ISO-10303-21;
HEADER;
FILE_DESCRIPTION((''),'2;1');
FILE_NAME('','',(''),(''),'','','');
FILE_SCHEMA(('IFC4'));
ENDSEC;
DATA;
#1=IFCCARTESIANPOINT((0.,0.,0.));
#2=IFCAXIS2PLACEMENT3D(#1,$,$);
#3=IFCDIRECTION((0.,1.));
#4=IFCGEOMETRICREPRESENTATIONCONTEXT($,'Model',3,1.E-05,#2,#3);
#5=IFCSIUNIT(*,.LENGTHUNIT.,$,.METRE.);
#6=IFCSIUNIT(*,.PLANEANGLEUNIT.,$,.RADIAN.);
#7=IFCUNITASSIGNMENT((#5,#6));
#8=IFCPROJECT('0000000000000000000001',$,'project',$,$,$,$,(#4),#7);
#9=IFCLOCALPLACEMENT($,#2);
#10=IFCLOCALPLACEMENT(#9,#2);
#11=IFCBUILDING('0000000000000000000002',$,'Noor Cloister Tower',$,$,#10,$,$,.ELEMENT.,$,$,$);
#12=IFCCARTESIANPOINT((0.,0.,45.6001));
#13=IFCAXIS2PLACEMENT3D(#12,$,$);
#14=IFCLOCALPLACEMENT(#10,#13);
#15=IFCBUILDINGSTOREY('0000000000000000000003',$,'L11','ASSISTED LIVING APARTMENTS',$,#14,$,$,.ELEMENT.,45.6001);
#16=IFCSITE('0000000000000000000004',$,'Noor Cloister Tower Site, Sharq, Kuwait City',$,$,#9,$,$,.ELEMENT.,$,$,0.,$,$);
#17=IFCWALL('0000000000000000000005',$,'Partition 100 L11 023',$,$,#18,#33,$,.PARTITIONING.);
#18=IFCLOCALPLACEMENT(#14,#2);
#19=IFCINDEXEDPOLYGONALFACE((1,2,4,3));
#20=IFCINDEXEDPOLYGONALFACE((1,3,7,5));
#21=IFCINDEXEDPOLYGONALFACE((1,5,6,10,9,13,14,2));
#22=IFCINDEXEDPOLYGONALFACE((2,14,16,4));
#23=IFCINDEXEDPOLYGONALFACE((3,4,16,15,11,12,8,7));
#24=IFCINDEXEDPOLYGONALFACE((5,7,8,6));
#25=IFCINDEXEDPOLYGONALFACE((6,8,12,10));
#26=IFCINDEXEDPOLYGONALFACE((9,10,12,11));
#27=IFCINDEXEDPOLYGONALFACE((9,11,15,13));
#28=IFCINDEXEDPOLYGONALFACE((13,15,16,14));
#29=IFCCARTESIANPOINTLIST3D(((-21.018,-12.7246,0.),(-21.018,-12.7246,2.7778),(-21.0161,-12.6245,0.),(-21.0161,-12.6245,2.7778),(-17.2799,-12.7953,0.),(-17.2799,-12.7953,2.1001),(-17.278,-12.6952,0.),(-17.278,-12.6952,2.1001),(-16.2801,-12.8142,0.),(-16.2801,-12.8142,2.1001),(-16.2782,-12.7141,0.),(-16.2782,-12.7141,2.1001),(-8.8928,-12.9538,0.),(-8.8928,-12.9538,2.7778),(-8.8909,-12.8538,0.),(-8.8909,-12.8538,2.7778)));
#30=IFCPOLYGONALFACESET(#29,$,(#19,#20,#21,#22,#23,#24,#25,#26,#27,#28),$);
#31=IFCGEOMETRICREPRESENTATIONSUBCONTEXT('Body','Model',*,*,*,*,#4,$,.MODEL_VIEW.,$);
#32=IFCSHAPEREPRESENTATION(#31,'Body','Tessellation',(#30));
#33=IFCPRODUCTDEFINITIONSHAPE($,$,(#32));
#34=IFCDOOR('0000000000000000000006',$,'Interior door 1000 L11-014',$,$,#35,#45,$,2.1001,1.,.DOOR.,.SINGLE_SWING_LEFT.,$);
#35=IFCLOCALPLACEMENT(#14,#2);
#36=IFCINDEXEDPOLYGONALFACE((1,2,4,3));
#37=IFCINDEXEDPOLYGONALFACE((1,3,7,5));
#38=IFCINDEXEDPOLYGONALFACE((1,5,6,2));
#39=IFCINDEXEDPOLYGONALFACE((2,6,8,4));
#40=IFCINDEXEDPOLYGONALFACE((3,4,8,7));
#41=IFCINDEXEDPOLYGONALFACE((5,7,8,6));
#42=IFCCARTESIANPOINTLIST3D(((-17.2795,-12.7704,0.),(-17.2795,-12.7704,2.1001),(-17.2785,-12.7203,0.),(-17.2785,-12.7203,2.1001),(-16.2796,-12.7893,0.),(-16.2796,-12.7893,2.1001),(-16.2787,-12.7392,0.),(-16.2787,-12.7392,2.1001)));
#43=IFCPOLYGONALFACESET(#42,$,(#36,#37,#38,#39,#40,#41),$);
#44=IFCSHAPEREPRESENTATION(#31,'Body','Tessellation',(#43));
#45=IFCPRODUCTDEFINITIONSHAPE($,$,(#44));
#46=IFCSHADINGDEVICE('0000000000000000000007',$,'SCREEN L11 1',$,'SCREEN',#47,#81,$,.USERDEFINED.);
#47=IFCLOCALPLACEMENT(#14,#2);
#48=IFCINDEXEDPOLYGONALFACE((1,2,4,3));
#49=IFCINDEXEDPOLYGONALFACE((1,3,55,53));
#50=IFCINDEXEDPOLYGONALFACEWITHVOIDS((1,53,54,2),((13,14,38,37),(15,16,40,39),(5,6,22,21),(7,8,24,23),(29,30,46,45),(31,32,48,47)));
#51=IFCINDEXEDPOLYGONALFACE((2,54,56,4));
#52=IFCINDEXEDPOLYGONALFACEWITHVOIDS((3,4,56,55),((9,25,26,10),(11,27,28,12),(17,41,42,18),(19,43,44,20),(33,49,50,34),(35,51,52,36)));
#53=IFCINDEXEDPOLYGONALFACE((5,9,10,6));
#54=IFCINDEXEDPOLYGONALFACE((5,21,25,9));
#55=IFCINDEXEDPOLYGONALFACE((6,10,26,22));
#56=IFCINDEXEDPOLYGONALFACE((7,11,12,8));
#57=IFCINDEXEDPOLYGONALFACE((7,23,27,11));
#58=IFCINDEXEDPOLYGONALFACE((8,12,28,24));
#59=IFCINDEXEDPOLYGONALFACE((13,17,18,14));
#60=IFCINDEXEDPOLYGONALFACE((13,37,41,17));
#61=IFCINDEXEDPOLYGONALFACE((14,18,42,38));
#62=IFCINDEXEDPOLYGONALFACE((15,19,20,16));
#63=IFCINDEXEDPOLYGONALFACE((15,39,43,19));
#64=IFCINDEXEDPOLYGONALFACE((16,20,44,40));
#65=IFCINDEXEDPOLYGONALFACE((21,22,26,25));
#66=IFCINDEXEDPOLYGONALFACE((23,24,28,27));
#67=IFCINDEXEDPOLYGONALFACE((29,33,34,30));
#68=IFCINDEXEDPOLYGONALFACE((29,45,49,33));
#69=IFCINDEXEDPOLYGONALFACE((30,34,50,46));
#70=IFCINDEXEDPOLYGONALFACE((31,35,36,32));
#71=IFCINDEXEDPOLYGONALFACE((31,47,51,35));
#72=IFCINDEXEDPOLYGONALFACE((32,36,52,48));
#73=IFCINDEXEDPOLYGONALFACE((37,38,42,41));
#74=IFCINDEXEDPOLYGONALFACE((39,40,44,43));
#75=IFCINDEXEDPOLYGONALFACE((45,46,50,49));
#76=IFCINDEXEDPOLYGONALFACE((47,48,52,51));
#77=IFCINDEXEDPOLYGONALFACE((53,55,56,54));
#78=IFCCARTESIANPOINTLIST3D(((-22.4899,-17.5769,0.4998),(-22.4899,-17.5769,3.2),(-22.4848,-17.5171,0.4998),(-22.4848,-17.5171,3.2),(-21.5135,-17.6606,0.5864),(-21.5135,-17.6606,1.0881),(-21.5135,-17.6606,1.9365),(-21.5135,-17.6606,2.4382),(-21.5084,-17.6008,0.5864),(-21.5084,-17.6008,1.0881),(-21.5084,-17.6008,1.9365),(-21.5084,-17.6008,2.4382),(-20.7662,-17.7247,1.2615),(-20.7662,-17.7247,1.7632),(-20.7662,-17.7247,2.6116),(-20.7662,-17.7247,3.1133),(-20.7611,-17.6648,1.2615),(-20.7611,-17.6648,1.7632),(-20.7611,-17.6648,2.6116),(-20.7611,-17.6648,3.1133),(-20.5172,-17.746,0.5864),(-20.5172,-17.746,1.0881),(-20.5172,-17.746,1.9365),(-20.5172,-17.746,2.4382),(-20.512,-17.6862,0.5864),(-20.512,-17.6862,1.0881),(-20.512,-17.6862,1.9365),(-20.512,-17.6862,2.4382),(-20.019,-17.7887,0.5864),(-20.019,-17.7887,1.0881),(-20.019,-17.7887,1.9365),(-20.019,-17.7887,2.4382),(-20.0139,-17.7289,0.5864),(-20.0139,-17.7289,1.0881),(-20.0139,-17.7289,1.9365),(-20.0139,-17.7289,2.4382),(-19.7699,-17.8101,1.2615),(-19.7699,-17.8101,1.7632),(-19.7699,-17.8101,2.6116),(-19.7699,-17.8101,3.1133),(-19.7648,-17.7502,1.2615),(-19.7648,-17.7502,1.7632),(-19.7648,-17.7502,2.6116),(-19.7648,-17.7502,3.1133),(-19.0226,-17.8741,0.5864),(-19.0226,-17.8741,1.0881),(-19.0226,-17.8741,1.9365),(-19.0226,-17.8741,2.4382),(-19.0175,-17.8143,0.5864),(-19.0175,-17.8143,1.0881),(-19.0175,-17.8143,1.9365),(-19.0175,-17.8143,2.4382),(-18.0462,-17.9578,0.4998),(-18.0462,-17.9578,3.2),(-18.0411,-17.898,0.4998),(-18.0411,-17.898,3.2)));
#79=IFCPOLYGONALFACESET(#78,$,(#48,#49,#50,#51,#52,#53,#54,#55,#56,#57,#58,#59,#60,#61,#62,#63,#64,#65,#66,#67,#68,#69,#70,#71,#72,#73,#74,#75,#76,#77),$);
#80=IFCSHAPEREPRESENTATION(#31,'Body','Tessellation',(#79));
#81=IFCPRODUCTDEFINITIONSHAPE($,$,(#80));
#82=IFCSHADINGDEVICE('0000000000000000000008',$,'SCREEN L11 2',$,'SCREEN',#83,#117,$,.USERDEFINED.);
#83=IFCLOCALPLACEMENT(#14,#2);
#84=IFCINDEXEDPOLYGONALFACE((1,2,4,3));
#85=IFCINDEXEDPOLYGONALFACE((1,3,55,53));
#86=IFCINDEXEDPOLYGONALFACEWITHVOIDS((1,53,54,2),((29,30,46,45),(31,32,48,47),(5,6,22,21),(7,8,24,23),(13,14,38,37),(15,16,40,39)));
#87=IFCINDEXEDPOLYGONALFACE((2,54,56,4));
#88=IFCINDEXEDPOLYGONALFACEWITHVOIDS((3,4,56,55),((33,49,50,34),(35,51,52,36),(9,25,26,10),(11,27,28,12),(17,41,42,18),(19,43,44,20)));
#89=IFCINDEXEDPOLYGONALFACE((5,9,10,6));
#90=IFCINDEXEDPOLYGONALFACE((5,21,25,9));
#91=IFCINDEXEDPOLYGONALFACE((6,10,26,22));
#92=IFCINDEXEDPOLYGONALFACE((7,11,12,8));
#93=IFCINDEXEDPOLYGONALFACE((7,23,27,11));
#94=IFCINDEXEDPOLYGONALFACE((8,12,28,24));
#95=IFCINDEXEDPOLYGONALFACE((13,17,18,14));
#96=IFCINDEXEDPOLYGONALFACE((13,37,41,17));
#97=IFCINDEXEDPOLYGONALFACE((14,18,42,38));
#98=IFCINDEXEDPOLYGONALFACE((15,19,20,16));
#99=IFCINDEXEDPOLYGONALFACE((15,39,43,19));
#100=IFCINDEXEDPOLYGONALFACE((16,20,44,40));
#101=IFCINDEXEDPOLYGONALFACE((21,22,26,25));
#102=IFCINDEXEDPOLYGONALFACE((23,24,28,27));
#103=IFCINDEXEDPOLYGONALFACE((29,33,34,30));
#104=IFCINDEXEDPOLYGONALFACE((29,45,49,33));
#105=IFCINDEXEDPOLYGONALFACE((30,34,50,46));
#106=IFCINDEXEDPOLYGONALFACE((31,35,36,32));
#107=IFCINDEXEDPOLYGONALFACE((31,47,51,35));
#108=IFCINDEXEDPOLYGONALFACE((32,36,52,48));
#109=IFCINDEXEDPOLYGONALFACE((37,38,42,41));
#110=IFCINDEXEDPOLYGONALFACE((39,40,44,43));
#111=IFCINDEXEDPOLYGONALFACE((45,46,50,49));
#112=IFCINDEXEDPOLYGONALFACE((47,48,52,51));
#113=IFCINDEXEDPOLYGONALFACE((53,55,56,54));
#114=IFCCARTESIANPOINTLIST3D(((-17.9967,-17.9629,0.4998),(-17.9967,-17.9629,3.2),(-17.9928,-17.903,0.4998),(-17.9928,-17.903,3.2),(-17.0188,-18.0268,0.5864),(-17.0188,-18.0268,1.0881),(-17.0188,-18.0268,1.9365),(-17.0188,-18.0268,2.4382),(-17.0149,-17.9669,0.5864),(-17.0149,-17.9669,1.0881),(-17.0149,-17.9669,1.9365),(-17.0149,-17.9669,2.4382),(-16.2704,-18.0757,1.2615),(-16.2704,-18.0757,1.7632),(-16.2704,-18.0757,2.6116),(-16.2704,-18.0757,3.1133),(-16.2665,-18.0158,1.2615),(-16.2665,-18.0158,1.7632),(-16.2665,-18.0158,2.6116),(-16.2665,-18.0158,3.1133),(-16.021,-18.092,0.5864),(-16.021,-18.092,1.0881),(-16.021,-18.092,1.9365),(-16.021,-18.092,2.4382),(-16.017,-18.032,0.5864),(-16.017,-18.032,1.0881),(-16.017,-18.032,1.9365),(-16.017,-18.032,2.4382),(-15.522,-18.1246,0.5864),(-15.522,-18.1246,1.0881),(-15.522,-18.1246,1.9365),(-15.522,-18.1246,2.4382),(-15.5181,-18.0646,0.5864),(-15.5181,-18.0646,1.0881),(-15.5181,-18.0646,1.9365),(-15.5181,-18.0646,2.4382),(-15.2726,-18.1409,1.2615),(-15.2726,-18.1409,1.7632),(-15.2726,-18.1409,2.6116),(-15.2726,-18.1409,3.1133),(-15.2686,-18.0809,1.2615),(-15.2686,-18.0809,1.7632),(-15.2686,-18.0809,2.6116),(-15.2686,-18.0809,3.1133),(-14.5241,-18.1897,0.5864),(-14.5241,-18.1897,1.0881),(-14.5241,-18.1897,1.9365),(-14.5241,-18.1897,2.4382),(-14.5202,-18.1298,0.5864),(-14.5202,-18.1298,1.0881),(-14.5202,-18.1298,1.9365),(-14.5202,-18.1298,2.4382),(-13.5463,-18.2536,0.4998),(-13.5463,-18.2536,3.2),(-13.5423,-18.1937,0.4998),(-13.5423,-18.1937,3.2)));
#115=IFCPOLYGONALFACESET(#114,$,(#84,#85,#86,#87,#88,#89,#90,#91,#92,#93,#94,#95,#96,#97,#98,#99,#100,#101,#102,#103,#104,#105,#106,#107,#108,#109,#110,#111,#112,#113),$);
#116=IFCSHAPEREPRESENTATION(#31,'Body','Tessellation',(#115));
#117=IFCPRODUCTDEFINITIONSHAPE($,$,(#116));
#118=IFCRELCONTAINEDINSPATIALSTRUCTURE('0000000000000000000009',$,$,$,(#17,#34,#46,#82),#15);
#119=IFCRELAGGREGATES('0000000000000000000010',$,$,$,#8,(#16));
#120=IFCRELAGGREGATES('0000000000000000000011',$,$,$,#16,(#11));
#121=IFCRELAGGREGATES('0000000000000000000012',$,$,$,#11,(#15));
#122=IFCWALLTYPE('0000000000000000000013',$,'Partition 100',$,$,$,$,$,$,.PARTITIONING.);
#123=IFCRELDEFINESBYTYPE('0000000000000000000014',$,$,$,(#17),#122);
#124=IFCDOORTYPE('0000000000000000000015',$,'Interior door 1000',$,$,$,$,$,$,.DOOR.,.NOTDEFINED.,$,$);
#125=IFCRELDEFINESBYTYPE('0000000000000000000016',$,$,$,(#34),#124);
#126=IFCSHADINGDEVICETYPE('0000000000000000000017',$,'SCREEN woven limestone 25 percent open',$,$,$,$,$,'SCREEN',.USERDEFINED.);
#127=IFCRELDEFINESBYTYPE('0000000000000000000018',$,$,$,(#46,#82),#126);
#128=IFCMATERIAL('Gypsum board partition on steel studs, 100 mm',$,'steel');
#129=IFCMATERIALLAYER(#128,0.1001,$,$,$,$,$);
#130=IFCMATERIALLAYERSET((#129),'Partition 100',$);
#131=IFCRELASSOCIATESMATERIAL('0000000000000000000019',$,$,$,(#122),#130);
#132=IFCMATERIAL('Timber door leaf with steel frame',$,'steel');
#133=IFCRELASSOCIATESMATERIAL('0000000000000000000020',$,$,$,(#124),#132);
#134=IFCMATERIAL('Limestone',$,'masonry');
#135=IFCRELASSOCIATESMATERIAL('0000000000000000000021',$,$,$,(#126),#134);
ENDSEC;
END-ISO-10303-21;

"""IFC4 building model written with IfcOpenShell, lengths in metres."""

from ifc_helpers import new_model, si_unit, direction, frame, frame_2d, origin, place, context, subcontext, project, spatial, polyline, rectangle, outline, extrude, material, layer, layer_set, material_profile, profile_set, type_object, element, fill, save


model = new_model("IFC4")

# Units and contexts
model_context = context("Model", 3, precision=1e-05, world=origin(), true_north=direction((0.0, 1.0)))
body_context = subcontext(model_context, "Body", "Model", "MODEL_VIEW")
ifc_project = project(units=[si_unit("LENGTHUNIT", "METRE"), si_unit("PLANEANGLEUNIT", "RADIAN")], contexts=[model_context])

# Site, building, storey
site_placement = place(None, origin())
site = spatial("IfcSite", under=ifc_project, at=site_placement, Name="Noor Cloister Tower Site, Sharq, Kuwait City", CompositionType="ELEMENT", RefElevation=0.0)
building_placement = place(site_placement, origin())
building = spatial("IfcBuilding", under=site, at=building_placement, Name="Noor Cloister Tower", CompositionType="ELEMENT")
storey_placement = place(building_placement, frame((0.0, 0.0, 45.6001)))
storey = spatial("IfcBuildingStorey", under=building, at=storey_placement, Name="L11", Description="ASSISTED LIVING APARTMENTS", CompositionType="ELEMENT", Elevation=45.6001)

# Wall, opening, door
ifc_material_1 = material(Name="Gypsum board partition on steel studs, 100 mm", Category="steel")
ifc_layer_1 = layer(ifc_material_1, 0.1001)
ifc_layer_set_1 = layer_set([ifc_layer_1], Name="Partition 100")
wall_type = type_object("IfcWallType", Name="Partition 100", PredefinedType="PARTITIONING", material=ifc_layer_set_1)
wall_placement = place(storey_placement, frame((-21.0171, -12.6746, 0.0), z_axis=(0.0, 0.0, 1.0), x_axis=(0.999821, -0.018903, 0.0)))
wall = element("IfcWall", 1, at=wall_placement, inside=storey, type_object=wall_type, Name="Partition 100 L11 023", PredefinedType="PARTITIONING", context=body_context, shape_type="SweptSolid", body=[
    extrude(rectangle(XDim=12.1274, YDim=0.1001, at=frame_2d((6.0637, 0.0))), origin(), (0.0, 0.0, 1.0), 2.7778),
])
opening_placement = place(wall_placement, frame((3.7388, 0.0, 0.0)))
opening = element("IfcOpeningElement", 2, at=opening_placement, cuts=wall, PredefinedType="OPENING", context=body_context, shape_type="SweptSolid", body=[
    extrude(rectangle(XDim=1.0, YDim=2.1001, at=frame_2d((0.5, 1.05))), frame((0.0, 0.0601, 0.0), z_axis=(0.0, -1.0, 0.0), x_axis=(1.0, 0.0, 0.0)), (0.0, 0.0, 1.0), 0.1201),
])
ifc_material_2 = material(Name="Timber door leaf with steel frame", Category="steel")
door_type = type_object("IfcDoorType", Name="Interior door 1000", OperationType="NOTDEFINED", PredefinedType="DOOR", material=ifc_material_2)
door_placement = place(opening_placement, origin())
door = element("IfcDoor", 3, at=door_placement, inside=storey, type_object=door_type, Name="Interior door 1000 L11-014", OperationType="SINGLE_SWING_LEFT", OverallHeight=2.1001, OverallWidth=1.0, PredefinedType="DOOR", context=body_context, shape_type="SweptSolid", body=[
    extrude(rectangle(XDim=1.0, YDim=2.1001, at=frame_2d((0.5, 1.05))), frame((0.0, 0.0249, 0.0), z_axis=(0.0, -1.0, 0.0), x_axis=(1.0, 0.0, 0.0)), (0.0, 0.0, 1.0), 0.05),
])
fill(opening, door)

# Shading devices
ifc_material_3 = material(Name="Limestone", Category="masonry")
ifc_material_profile_1 = material_profile(ifc_material_3, outline(polyline([(-2.23, -1.3501), (2.23, -1.3501), (2.23, 1.3501), (-2.23, 1.3501), (-2.23, -1.3501)]), holes=[polyline([(-1.25, -1.2634), (-0.25, -1.2634), (-0.25, -0.7617), (-1.25, -0.7617), (-1.25, -1.2634)]), polyline([(0.25, -1.2634), (1.25, -1.2634), (1.25, -0.7617), (0.25, -0.7617), (0.25, -1.2634)]), polyline([(-0.5, -0.5884), (0.5, -0.5884), (0.5, -0.0867), (-0.5, -0.0867), (-0.5, -0.5884)]), polyline([(-1.25, 0.0867), (-0.25, 0.0867), (-0.25, 0.5884), (-1.25, 0.5884), (-1.25, 0.0867)]), polyline([(0.25, 0.0867), (1.25, 0.0867), (1.25, 0.5884), (0.25, 0.5884), (0.25, 0.0867)]), polyline([(-0.5, 0.7617), (0.5, 0.7617), (0.5, 1.2634), (-0.5, 1.2634), (-0.5, 0.7617)])]), Name="Woven screen 25 percent open")
ifc_profile_set_1 = profile_set([ifc_material_profile_1], Name="Limestone")
shading_device_type = type_object("IfcShadingDeviceType", Name="SCREEN woven limestone 25 percent open", ElementType="SCREEN", PredefinedType="USERDEFINED", material=ifc_profile_set_1)
for number, where, z_axis, x_axis, name in (
    (4, (-20.2629, -17.7075, 1.8499), (-0.085401, -0.996347, 0.0), (0.996347, -0.085401, 0.0), "SCREEN L11 1"),
    (5, (-15.7676, -18.0483, 1.8499), (-0.065167, -0.997874, 0.0), (0.997874, -0.065167, 0.0), "SCREEN L11 2"),
):
    element("IfcShadingDevice", number, at=place(storey_placement, frame(where, z_axis=z_axis, x_axis=x_axis)), inside=storey, type_object=shading_device_type, Name=name, ObjectType="SCREEN", PredefinedType="USERDEFINED", context=body_context, shape_type="SweptSolid", body=[
        extrude(outline(polyline([(-2.23, -1.3501), (2.23, -1.3501), (2.23, 1.3501), (-2.23, 1.3501), (-2.23, -1.3501)]), holes=[polyline([(-1.25, -1.2634), (-0.25, -1.2634), (-0.25, -0.7617), (-1.25, -0.7617), (-1.25, -1.2634)]), polyline([(0.25, -1.2634), (1.25, -1.2634), (1.25, -0.7617), (0.25, -0.7617), (0.25, -1.2634)]), polyline([(-0.5, -0.5884), (0.5, -0.5884), (0.5, -0.0867), (-0.5, -0.0867), (-0.5, -0.5884)]), polyline([(-1.25, 0.0867), (-0.25, 0.0867), (-0.25, 0.5884), (-1.25, 0.5884), (-1.25, 0.0867)]), polyline([(0.25, 0.0867), (1.25, 0.0867), (1.25, 0.5884), (0.25, 0.5884), (0.25, 0.0867)]), polyline([(-0.5, 0.7617), (0.5, 0.7617), (0.5, 1.2634), (-0.5, 1.2634), (-0.5, 0.7617)])]), origin(), (0.0, 0.0, 1.0), 0.0601),
    ])

save(model, "model.ifc")
